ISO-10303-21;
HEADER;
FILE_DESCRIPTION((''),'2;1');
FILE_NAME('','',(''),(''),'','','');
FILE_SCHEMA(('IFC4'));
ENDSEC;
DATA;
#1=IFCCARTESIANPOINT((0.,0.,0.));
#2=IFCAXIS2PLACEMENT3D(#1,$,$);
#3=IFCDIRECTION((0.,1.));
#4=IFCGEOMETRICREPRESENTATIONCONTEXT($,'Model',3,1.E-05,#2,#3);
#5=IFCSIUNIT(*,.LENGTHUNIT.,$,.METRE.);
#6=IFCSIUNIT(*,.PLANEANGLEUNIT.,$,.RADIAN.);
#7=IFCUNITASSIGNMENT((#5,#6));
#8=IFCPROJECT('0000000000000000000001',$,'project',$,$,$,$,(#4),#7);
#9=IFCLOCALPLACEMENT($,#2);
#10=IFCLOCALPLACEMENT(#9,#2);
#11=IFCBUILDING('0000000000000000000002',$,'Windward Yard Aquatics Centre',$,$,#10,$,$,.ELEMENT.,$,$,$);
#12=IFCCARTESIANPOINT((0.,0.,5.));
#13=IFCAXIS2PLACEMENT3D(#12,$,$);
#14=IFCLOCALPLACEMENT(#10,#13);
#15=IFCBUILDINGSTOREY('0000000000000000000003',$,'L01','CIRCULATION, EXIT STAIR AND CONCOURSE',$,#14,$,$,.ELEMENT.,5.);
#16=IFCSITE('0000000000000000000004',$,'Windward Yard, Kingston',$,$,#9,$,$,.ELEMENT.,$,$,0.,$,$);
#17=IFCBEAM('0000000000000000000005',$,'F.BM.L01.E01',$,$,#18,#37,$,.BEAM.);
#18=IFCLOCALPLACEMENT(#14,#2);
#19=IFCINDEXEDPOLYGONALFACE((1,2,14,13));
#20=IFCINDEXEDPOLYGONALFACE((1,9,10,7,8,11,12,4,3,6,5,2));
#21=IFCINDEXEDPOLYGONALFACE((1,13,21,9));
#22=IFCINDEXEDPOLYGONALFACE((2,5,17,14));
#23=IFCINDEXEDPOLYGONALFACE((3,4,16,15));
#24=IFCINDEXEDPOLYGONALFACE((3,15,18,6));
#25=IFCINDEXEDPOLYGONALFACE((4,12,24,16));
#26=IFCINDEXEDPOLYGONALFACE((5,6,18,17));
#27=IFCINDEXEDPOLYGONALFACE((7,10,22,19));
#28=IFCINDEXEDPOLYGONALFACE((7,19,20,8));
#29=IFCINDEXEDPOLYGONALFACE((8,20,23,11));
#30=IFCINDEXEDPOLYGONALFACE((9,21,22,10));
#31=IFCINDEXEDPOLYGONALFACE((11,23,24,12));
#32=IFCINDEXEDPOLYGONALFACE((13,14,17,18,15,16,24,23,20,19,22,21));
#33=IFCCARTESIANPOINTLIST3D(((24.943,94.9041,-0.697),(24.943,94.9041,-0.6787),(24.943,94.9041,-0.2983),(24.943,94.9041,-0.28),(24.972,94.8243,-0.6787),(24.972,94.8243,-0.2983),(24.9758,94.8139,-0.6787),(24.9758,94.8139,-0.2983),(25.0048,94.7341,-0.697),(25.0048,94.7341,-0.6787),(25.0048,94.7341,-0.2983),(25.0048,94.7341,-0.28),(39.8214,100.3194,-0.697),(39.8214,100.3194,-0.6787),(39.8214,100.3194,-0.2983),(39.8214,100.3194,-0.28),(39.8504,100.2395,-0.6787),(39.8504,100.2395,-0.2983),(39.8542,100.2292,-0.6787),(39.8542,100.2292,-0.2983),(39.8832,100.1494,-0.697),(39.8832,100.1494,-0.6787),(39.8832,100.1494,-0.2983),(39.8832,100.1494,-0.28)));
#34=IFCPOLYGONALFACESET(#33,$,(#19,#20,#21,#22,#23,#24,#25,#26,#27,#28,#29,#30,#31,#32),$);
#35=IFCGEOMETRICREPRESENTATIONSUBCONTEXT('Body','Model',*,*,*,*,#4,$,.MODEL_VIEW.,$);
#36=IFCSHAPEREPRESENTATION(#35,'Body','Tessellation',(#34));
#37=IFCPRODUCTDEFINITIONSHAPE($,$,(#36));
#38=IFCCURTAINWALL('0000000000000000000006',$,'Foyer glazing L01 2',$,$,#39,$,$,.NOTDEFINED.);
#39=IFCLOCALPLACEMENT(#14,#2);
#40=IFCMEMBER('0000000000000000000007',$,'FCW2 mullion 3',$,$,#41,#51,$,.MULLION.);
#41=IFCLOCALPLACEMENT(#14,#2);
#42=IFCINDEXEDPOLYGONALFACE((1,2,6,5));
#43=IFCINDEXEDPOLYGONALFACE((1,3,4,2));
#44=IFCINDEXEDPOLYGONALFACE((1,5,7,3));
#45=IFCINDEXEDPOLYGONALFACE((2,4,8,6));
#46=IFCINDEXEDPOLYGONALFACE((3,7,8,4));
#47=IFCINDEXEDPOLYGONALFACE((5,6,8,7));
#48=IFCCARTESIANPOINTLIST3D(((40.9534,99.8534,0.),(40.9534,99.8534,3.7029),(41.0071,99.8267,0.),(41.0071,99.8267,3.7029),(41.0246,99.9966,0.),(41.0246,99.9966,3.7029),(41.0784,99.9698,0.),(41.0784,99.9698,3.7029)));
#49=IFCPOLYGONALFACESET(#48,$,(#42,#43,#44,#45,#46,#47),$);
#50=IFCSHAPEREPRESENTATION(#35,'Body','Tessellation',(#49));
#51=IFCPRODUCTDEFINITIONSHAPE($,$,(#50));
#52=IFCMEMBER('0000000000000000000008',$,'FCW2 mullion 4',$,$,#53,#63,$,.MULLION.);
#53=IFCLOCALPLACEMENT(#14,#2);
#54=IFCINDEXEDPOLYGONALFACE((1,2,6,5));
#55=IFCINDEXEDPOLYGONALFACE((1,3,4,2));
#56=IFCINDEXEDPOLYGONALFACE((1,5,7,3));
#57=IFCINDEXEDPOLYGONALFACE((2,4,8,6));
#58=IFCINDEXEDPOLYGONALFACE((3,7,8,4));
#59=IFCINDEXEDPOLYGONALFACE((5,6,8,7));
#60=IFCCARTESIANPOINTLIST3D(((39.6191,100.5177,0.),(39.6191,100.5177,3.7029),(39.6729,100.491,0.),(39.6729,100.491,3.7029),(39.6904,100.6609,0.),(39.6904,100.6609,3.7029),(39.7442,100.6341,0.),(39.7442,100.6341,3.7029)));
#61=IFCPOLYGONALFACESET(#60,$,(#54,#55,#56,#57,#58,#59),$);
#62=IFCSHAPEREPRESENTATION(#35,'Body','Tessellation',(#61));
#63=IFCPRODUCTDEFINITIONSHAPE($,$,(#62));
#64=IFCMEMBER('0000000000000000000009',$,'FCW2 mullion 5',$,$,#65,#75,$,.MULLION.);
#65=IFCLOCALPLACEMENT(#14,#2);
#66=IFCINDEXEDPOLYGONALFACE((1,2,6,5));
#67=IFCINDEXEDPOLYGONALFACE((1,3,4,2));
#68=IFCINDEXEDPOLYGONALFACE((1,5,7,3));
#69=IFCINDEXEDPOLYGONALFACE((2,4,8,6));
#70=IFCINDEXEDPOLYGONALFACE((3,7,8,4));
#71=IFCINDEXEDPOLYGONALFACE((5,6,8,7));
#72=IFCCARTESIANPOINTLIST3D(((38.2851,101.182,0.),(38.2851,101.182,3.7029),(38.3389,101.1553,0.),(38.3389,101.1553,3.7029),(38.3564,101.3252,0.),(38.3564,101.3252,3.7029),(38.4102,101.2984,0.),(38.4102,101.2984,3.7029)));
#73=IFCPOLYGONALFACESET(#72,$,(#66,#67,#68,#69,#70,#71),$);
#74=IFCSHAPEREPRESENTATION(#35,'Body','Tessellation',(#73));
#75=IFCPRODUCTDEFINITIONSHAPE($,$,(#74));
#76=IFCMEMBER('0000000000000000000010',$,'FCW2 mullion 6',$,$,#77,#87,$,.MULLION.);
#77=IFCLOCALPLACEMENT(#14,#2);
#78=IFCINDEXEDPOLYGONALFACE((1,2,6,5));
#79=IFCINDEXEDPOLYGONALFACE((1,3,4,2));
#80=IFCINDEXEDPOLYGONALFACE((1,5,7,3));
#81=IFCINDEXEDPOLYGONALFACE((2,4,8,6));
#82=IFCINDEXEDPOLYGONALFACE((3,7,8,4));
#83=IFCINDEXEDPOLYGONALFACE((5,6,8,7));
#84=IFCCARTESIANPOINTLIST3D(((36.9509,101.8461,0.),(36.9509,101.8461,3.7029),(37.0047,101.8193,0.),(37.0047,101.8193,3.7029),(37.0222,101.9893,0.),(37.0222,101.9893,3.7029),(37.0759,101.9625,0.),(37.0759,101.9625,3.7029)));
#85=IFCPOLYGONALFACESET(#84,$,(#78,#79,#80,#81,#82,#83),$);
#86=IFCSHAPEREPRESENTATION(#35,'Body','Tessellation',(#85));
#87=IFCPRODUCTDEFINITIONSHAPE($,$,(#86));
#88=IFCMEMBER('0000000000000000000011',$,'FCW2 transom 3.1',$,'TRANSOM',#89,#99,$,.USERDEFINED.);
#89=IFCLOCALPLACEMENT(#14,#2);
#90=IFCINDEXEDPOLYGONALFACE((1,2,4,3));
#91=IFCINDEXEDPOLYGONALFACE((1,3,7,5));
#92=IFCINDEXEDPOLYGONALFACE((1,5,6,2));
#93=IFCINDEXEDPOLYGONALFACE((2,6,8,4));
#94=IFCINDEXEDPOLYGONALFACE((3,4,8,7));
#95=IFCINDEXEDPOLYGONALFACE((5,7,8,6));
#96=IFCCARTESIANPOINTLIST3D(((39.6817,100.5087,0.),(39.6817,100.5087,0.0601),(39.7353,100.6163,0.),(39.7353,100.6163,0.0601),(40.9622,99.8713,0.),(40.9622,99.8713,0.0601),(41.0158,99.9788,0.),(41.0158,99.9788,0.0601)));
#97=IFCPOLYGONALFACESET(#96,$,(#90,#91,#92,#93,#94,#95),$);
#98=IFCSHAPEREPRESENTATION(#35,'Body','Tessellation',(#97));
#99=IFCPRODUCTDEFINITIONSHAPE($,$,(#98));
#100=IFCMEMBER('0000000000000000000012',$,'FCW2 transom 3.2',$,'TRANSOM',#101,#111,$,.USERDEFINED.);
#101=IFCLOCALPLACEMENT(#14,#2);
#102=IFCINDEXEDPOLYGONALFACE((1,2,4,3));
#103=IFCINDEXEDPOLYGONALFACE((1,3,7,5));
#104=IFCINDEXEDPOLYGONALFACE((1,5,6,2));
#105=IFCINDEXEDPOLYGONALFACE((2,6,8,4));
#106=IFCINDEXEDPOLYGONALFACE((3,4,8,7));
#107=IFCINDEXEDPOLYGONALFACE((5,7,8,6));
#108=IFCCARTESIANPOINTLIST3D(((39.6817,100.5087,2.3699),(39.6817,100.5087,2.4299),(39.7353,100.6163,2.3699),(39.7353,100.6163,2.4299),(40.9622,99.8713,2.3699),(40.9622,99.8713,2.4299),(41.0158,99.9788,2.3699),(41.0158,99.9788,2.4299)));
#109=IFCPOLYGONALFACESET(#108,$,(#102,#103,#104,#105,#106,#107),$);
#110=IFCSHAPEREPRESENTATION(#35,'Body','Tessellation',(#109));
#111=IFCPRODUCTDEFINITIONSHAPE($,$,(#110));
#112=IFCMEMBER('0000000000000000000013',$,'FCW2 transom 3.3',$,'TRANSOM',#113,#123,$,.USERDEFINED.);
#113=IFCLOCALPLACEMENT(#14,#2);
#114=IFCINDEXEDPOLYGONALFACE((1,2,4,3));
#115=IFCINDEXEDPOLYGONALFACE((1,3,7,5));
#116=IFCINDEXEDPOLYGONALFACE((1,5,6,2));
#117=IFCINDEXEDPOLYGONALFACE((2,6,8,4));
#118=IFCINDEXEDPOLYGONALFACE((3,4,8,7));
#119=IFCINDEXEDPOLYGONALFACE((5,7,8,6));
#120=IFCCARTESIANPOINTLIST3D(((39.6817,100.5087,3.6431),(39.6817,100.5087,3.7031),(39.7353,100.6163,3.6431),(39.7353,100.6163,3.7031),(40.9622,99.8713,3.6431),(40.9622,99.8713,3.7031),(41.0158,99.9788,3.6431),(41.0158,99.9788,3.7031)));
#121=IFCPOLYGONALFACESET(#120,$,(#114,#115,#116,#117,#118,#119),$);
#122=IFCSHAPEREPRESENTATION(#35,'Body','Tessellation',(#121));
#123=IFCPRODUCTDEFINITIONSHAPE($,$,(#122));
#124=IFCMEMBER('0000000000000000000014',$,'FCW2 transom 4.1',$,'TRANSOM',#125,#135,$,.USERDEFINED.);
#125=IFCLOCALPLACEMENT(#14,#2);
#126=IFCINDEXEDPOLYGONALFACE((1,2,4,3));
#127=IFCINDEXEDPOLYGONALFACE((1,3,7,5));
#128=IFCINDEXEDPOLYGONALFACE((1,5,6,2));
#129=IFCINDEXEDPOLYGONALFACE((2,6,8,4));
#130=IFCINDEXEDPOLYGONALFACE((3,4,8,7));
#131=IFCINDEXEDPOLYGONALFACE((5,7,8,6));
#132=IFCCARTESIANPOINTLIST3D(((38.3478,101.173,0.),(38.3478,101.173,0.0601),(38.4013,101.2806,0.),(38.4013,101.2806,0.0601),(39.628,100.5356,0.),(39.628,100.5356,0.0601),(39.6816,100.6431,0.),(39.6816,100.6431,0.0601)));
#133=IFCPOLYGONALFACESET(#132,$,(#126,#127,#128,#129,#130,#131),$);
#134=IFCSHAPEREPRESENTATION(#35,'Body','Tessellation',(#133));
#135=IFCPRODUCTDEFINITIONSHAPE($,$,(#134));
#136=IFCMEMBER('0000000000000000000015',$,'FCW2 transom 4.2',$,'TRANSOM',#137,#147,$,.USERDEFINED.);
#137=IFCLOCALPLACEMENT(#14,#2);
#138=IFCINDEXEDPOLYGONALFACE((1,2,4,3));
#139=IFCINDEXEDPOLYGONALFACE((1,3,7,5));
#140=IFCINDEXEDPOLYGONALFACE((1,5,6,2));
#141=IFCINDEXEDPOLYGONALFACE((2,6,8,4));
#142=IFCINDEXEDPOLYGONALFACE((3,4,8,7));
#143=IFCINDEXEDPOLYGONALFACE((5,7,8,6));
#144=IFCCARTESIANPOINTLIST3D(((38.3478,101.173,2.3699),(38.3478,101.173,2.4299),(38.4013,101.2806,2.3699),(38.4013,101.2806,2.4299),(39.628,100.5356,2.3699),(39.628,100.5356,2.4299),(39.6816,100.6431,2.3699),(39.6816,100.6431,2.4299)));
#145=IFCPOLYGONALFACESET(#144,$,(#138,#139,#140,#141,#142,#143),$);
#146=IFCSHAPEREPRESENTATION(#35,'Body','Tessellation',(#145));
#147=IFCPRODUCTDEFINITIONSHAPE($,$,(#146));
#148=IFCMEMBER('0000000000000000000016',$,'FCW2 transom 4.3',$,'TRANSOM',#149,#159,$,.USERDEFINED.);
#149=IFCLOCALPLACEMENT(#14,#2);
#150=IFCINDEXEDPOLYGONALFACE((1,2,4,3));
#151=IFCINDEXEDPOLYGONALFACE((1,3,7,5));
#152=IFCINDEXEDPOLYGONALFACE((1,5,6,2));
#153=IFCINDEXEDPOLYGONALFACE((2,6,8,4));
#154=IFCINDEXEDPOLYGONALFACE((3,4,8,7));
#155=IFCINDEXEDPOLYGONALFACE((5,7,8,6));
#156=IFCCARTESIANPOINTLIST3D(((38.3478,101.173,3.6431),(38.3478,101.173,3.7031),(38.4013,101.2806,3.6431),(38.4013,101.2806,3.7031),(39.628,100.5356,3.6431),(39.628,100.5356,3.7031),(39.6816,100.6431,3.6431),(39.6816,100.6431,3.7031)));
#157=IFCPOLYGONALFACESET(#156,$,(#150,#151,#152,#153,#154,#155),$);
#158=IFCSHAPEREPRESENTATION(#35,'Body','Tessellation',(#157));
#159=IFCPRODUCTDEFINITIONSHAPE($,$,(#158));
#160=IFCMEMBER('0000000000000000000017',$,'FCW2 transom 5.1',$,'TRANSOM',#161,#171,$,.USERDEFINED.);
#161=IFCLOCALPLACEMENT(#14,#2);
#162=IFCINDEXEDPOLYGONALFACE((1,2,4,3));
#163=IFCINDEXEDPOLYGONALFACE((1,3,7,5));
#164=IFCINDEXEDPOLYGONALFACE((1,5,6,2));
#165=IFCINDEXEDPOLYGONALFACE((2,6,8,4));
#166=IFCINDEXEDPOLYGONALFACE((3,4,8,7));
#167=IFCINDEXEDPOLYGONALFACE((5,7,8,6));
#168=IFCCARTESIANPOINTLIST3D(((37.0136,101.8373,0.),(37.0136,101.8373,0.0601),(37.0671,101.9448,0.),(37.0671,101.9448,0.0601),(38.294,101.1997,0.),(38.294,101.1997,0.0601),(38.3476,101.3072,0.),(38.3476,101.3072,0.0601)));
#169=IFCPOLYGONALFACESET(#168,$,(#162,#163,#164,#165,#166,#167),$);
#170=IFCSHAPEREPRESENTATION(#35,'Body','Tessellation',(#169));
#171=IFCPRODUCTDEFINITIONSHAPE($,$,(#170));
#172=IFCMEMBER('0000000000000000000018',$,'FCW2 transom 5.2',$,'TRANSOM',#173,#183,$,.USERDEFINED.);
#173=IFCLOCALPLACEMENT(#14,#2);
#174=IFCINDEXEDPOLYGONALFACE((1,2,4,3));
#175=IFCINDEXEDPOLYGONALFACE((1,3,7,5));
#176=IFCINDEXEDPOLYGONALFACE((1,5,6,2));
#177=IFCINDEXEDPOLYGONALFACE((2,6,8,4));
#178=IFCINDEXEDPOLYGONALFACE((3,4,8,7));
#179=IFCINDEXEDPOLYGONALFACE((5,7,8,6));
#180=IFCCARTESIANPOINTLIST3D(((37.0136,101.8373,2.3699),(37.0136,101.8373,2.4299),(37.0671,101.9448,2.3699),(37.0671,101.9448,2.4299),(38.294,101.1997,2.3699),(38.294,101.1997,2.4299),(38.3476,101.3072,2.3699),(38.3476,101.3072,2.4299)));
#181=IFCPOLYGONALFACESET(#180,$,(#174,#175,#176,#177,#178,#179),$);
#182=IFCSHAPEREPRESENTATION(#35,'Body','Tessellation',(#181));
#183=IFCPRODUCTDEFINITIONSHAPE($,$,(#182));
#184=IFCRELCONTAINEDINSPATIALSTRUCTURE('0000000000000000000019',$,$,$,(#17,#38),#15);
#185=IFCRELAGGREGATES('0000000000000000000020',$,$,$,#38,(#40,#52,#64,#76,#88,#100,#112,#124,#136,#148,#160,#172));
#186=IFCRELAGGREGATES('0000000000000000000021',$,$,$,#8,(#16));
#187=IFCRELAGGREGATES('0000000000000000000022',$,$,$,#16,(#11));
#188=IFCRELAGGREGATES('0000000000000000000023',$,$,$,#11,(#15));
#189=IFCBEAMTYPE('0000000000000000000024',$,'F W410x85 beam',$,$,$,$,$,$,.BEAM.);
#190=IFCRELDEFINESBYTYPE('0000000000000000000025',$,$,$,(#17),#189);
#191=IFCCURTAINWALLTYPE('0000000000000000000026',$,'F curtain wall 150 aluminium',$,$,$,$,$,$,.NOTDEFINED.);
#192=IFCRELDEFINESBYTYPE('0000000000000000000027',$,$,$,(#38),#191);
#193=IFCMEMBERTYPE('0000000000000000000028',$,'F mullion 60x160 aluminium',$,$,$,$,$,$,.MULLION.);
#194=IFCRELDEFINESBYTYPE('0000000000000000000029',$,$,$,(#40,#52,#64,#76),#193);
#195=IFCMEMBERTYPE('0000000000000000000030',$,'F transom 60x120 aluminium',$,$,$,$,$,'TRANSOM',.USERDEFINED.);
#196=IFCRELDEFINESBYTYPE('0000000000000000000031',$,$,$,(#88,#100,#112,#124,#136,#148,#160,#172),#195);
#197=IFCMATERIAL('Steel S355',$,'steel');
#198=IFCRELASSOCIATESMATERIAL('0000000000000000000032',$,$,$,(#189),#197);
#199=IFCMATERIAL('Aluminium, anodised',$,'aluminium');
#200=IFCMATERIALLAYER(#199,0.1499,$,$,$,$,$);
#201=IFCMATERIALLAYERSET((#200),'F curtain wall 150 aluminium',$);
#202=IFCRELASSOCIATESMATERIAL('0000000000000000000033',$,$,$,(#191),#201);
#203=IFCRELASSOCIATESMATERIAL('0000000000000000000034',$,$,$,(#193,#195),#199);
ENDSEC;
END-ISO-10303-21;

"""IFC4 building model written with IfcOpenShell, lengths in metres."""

from ifc_helpers import new_model, si_unit, direction, frame, origin, origin_2d, place, context, subcontext, project, spatial, rectangle, i_section, extrude, material, layer, layer_set, material_profile, profile_set, type_object, element, aggregate, save


model = new_model("IFC4")

# Units and contexts
model_context = context("Model", 3, precision=1e-05, world=origin(), true_north=direction((0.0, 1.0)))
body_context = subcontext(model_context, "Body", "Model", "MODEL_VIEW")
ifc_project = project(units=[si_unit("LENGTHUNIT", "METRE"), si_unit("PLANEANGLEUNIT", "RADIAN")], contexts=[model_context])

# Site, building, storey
site_placement = place(None, origin())
site = spatial("IfcSite", under=ifc_project, at=site_placement, Name="Windward Yard, Kingston", CompositionType="ELEMENT", RefElevation=0.0)
building_placement = place(site_placement, origin())
building = spatial("IfcBuilding", under=site, at=building_placement, Name="Windward Yard Aquatics Centre", CompositionType="ELEMENT")
storey_placement = place(building_placement, frame((0.0, 0.0, 5.0)))
storey = spatial("IfcBuildingStorey", under=building, at=storey_placement, Name="L01", Description="CIRCULATION, EXIT STAIR AND CONCOURSE", CompositionType="ELEMENT", Elevation=5.0)

# Beam
ifc_material_1 = material(Name="Steel S355", Category="steel")
ifc_material_profile_1 = material_profile(ifc_material_1, i_section(OverallWidth=0.1809, OverallDepth=0.417, WebThickness=0.011, FlangeThickness=0.0183, at=origin_2d()), Name="W410x85")
ifc_profile_set_1 = profile_set([ifc_material_profile_1], Name="Steel S355")
beam_type = type_object("IfcBeamType", Name="F W410x85 beam", PredefinedType="BEAM", material=ifc_profile_set_1)
beam_placement = place(storey_placement, frame((39.8523, 100.2344, -0.4885), z_axis=(-0.939693, -0.342019, 0.0), x_axis=(0.342019, -0.939693, 0.0)))
element("IfcBeam", 1, at=beam_placement, inside=storey, type_object=beam_type, Name="F.BM.L01.E01", PredefinedType="BEAM", context=body_context, shape_type="SweptSolid", body=[
    extrude(i_section(OverallWidth=0.1809, OverallDepth=0.417, WebThickness=0.011, FlangeThickness=0.0183, at=origin_2d()), origin(), (0.0, 0.0, 1.0), 15.8333),
])

# Curtain wall, members
ifc_material_2 = material(Name="Aluminium, anodised", Category="aluminium")
ifc_layer_1 = layer(ifc_material_2, 0.1499)
ifc_layer_set_1 = layer_set([ifc_layer_1], Name="F curtain wall 150 aluminium")
curtain_wall_type = type_object("IfcCurtainWallType", Name="F curtain wall 150 aluminium", PredefinedType="NOTDEFINED", material=ifc_layer_set_1)
curtain_wall_placement = place(storey_placement, origin())
curtain_wall = element("IfcCurtainWall", 2, at=curtain_wall_placement, inside=storey, type_object=curtain_wall_type, Name="Foyer glazing L01 2", PredefinedType="NOTDEFINED")
ifc_material_profile_2 = material_profile(ifc_material_2, rectangle(XDim=0.1599, YDim=0.0601, at=origin_2d()), Name="MULLION 60x160")
ifc_profile_set_2 = profile_set([ifc_material_profile_2], Name="Aluminium, anodised")
member_type_1 = type_object("IfcMemberType", Name="F mullion 60x160 aluminium", PredefinedType="MULLION", material=ifc_profile_set_2)
member_1_placement = place(storey_placement, frame((41.0159, 99.9116, 0.0), z_axis=(0.0, 0.0, 1.0), x_axis=(-0.445707, -0.895179, 0.0)))
member_1 = element("IfcMember", 3, at=member_1_placement, type_object=member_type_1, Name="FCW2 mullion 3", PredefinedType="MULLION", context=body_context, shape_type="SweptSolid", body=[
    extrude(rectangle(XDim=0.1599, YDim=0.0601, at=origin_2d()), origin(), (0.0, 0.0, 1.0), 3.7029),
])
member_2_placement = place(storey_placement, frame((39.6816, 100.5759, 0.0), z_axis=(0.0, 0.0, 1.0), x_axis=(-0.445707, -0.895179, 0.0)))
member_2 = element("IfcMember", 4, at=member_2_placement, type_object=member_type_1, Name="FCW2 mullion 4", PredefinedType="MULLION", context=body_context, shape_type="SweptSolid", body=[
    extrude(rectangle(XDim=0.1599, YDim=0.0601, at=origin_2d()), origin(), (0.0, 0.0, 1.0), 3.7029),
])
member_3_placement = place(storey_placement, frame((38.3477, 101.2402, 0.0), z_axis=(0.0, 0.0, 1.0), x_axis=(-0.445707, -0.895179, 0.0)))
member_3 = element("IfcMember", 5, at=member_3_placement, type_object=member_type_1, Name="FCW2 mullion 5", PredefinedType="MULLION", context=body_context, shape_type="SweptSolid", body=[
    extrude(rectangle(XDim=0.1599, YDim=0.0601, at=origin_2d()), origin(), (0.0, 0.0, 1.0), 3.7029),
])
member_4_placement = place(storey_placement, frame((37.0134, 101.9043, 0.0), z_axis=(0.0, 0.0, 1.0), x_axis=(-0.445707, -0.895179, 0.0)))
member_4 = element("IfcMember", 6, at=member_4_placement, type_object=member_type_1, Name="FCW2 mullion 6", PredefinedType="MULLION", context=body_context, shape_type="SweptSolid", body=[
    extrude(rectangle(XDim=0.1599, YDim=0.0601, at=origin_2d()), origin(), (0.0, 0.0, 1.0), 3.7029),
])
ifc_material_profile_3 = material_profile(ifc_material_2, rectangle(XDim=0.1201, YDim=0.0601, at=origin_2d()), Name="TRANSOM 60x120")
ifc_profile_set_3 = profile_set([ifc_material_profile_3], Name="Aluminium, anodised")
member_type_2 = type_object("IfcMemberType", Name="F transom 60x120 aluminium", ElementType="TRANSOM", PredefinedType="USERDEFINED", material=ifc_profile_set_3)
member_5_placement = place(storey_placement, frame((40.989, 99.925, 0.03), z_axis=(-0.895211, 0.445643, 0.0), x_axis=(-0.445643, -0.895211, 0.0)))
member_5 = element("IfcMember", 7, at=member_5_placement, type_object=member_type_2, Name="FCW2 transom 3.1", ObjectType="TRANSOM", PredefinedType="USERDEFINED", context=body_context, shape_type="SweptSolid", body=[
    extrude(rectangle(XDim=0.1201, YDim=0.0601, at=origin_2d()), origin(), (0.0, 0.0, 1.0), 1.4304),
])
member_6_placement = place(storey_placement, frame((40.989, 99.925, 2.3999), z_axis=(-0.895211, 0.445643, 0.0), x_axis=(-0.445643, -0.895211, 0.0)))
member_6 = element("IfcMember", 8, at=member_6_placement, type_object=member_type_2, Name="FCW2 transom 3.2", ObjectType="TRANSOM", PredefinedType="USERDEFINED", context=body_context, shape_type="SweptSolid", body=[
    extrude(rectangle(XDim=0.1201, YDim=0.0601, at=origin_2d()), origin(), (0.0, 0.0, 1.0), 1.4304),
])
member_7_placement = place(storey_placement, frame((40.989, 99.925, 3.6731), z_axis=(-0.895211, 0.445643, 0.0), x_axis=(-0.445643, -0.895211, 0.0)))
member_7 = element("IfcMember", 9, at=member_7_placement, type_object=member_type_2, Name="FCW2 transom 3.3", ObjectType="TRANSOM", PredefinedType="USERDEFINED", context=body_context, shape_type="SweptSolid", body=[
    extrude(rectangle(XDim=0.1201, YDim=0.0601, at=origin_2d()), origin(), (0.0, 0.0, 1.0), 1.4304),
])
member_8_placement = place(storey_placement, frame((39.6548, 100.5894, 0.03), z_axis=(-0.895177, 0.445711, 0.0), x_axis=(-0.445711, -0.895177, 0.0)))
member_8 = element("IfcMember", 10, at=member_8_placement, type_object=member_type_2, Name="FCW2 transom 4.1", ObjectType="TRANSOM", PredefinedType="USERDEFINED", context=body_context, shape_type="SweptSolid", body=[
    extrude(rectangle(XDim=0.1201, YDim=0.0601, at=origin_2d()), origin(), (0.0, 0.0, 1.0), 1.4302),
])
member_9_placement = place(storey_placement, frame((39.6548, 100.5894, 2.3999), z_axis=(-0.895177, 0.445711, 0.0), x_axis=(-0.445711, -0.895177, 0.0)))
member_9 = element("IfcMember", 11, at=member_9_placement, type_object=member_type_2, Name="FCW2 transom 4.2", ObjectType="TRANSOM", PredefinedType="USERDEFINED", context=body_context, shape_type="SweptSolid", body=[
    extrude(rectangle(XDim=0.1201, YDim=0.0601, at=origin_2d()), origin(), (0.0, 0.0, 1.0), 1.4302),
])
member_10_placement = place(storey_placement, frame((39.6548, 100.5894, 3.6731), z_axis=(-0.895177, 0.445711, 0.0), x_axis=(-0.445711, -0.895177, 0.0)))
member_10 = element("IfcMember", 12, at=member_10_placement, type_object=member_type_2, Name="FCW2 transom 4.3", ObjectType="TRANSOM", PredefinedType="USERDEFINED", context=body_context, shape_type="SweptSolid", body=[
    extrude(rectangle(XDim=0.1201, YDim=0.0601, at=origin_2d()), origin(), (0.0, 0.0, 1.0), 1.4302),
])
member_11_placement = place(storey_placement, frame((38.3208, 101.2534, 0.03), z_axis=(-0.895143, 0.445779, 0.0), x_axis=(-0.445779, -0.895143, 0.0)))
member_11 = element("IfcMember", 13, at=member_11_placement, type_object=member_type_2, Name="FCW2 transom 5.1", ObjectType="TRANSOM", PredefinedType="USERDEFINED", context=body_context, shape_type="SweptSolid", body=[
    extrude(rectangle(XDim=0.1201, YDim=0.0601, at=origin_2d()), origin(), (0.0, 0.0, 1.0), 1.4304),
])
member_12_placement = place(storey_placement, frame((38.3208, 101.2534, 2.3999), z_axis=(-0.895143, 0.445779, 0.0), x_axis=(-0.445779, -0.895143, 0.0)))
member_12 = element("IfcMember", 14, at=member_12_placement, type_object=member_type_2, Name="FCW2 transom 5.2", ObjectType="TRANSOM", PredefinedType="USERDEFINED", context=body_context, shape_type="SweptSolid", body=[
    extrude(rectangle(XDim=0.1201, YDim=0.0601, at=origin_2d()), origin(), (0.0, 0.0, 1.0), 1.4304),
])
aggregate(curtain_wall, [member_1, member_2, member_3, member_4, member_5, member_6, member_7, member_8, member_9, member_10, member_11, member_12])

save(model, "model.ifc")
